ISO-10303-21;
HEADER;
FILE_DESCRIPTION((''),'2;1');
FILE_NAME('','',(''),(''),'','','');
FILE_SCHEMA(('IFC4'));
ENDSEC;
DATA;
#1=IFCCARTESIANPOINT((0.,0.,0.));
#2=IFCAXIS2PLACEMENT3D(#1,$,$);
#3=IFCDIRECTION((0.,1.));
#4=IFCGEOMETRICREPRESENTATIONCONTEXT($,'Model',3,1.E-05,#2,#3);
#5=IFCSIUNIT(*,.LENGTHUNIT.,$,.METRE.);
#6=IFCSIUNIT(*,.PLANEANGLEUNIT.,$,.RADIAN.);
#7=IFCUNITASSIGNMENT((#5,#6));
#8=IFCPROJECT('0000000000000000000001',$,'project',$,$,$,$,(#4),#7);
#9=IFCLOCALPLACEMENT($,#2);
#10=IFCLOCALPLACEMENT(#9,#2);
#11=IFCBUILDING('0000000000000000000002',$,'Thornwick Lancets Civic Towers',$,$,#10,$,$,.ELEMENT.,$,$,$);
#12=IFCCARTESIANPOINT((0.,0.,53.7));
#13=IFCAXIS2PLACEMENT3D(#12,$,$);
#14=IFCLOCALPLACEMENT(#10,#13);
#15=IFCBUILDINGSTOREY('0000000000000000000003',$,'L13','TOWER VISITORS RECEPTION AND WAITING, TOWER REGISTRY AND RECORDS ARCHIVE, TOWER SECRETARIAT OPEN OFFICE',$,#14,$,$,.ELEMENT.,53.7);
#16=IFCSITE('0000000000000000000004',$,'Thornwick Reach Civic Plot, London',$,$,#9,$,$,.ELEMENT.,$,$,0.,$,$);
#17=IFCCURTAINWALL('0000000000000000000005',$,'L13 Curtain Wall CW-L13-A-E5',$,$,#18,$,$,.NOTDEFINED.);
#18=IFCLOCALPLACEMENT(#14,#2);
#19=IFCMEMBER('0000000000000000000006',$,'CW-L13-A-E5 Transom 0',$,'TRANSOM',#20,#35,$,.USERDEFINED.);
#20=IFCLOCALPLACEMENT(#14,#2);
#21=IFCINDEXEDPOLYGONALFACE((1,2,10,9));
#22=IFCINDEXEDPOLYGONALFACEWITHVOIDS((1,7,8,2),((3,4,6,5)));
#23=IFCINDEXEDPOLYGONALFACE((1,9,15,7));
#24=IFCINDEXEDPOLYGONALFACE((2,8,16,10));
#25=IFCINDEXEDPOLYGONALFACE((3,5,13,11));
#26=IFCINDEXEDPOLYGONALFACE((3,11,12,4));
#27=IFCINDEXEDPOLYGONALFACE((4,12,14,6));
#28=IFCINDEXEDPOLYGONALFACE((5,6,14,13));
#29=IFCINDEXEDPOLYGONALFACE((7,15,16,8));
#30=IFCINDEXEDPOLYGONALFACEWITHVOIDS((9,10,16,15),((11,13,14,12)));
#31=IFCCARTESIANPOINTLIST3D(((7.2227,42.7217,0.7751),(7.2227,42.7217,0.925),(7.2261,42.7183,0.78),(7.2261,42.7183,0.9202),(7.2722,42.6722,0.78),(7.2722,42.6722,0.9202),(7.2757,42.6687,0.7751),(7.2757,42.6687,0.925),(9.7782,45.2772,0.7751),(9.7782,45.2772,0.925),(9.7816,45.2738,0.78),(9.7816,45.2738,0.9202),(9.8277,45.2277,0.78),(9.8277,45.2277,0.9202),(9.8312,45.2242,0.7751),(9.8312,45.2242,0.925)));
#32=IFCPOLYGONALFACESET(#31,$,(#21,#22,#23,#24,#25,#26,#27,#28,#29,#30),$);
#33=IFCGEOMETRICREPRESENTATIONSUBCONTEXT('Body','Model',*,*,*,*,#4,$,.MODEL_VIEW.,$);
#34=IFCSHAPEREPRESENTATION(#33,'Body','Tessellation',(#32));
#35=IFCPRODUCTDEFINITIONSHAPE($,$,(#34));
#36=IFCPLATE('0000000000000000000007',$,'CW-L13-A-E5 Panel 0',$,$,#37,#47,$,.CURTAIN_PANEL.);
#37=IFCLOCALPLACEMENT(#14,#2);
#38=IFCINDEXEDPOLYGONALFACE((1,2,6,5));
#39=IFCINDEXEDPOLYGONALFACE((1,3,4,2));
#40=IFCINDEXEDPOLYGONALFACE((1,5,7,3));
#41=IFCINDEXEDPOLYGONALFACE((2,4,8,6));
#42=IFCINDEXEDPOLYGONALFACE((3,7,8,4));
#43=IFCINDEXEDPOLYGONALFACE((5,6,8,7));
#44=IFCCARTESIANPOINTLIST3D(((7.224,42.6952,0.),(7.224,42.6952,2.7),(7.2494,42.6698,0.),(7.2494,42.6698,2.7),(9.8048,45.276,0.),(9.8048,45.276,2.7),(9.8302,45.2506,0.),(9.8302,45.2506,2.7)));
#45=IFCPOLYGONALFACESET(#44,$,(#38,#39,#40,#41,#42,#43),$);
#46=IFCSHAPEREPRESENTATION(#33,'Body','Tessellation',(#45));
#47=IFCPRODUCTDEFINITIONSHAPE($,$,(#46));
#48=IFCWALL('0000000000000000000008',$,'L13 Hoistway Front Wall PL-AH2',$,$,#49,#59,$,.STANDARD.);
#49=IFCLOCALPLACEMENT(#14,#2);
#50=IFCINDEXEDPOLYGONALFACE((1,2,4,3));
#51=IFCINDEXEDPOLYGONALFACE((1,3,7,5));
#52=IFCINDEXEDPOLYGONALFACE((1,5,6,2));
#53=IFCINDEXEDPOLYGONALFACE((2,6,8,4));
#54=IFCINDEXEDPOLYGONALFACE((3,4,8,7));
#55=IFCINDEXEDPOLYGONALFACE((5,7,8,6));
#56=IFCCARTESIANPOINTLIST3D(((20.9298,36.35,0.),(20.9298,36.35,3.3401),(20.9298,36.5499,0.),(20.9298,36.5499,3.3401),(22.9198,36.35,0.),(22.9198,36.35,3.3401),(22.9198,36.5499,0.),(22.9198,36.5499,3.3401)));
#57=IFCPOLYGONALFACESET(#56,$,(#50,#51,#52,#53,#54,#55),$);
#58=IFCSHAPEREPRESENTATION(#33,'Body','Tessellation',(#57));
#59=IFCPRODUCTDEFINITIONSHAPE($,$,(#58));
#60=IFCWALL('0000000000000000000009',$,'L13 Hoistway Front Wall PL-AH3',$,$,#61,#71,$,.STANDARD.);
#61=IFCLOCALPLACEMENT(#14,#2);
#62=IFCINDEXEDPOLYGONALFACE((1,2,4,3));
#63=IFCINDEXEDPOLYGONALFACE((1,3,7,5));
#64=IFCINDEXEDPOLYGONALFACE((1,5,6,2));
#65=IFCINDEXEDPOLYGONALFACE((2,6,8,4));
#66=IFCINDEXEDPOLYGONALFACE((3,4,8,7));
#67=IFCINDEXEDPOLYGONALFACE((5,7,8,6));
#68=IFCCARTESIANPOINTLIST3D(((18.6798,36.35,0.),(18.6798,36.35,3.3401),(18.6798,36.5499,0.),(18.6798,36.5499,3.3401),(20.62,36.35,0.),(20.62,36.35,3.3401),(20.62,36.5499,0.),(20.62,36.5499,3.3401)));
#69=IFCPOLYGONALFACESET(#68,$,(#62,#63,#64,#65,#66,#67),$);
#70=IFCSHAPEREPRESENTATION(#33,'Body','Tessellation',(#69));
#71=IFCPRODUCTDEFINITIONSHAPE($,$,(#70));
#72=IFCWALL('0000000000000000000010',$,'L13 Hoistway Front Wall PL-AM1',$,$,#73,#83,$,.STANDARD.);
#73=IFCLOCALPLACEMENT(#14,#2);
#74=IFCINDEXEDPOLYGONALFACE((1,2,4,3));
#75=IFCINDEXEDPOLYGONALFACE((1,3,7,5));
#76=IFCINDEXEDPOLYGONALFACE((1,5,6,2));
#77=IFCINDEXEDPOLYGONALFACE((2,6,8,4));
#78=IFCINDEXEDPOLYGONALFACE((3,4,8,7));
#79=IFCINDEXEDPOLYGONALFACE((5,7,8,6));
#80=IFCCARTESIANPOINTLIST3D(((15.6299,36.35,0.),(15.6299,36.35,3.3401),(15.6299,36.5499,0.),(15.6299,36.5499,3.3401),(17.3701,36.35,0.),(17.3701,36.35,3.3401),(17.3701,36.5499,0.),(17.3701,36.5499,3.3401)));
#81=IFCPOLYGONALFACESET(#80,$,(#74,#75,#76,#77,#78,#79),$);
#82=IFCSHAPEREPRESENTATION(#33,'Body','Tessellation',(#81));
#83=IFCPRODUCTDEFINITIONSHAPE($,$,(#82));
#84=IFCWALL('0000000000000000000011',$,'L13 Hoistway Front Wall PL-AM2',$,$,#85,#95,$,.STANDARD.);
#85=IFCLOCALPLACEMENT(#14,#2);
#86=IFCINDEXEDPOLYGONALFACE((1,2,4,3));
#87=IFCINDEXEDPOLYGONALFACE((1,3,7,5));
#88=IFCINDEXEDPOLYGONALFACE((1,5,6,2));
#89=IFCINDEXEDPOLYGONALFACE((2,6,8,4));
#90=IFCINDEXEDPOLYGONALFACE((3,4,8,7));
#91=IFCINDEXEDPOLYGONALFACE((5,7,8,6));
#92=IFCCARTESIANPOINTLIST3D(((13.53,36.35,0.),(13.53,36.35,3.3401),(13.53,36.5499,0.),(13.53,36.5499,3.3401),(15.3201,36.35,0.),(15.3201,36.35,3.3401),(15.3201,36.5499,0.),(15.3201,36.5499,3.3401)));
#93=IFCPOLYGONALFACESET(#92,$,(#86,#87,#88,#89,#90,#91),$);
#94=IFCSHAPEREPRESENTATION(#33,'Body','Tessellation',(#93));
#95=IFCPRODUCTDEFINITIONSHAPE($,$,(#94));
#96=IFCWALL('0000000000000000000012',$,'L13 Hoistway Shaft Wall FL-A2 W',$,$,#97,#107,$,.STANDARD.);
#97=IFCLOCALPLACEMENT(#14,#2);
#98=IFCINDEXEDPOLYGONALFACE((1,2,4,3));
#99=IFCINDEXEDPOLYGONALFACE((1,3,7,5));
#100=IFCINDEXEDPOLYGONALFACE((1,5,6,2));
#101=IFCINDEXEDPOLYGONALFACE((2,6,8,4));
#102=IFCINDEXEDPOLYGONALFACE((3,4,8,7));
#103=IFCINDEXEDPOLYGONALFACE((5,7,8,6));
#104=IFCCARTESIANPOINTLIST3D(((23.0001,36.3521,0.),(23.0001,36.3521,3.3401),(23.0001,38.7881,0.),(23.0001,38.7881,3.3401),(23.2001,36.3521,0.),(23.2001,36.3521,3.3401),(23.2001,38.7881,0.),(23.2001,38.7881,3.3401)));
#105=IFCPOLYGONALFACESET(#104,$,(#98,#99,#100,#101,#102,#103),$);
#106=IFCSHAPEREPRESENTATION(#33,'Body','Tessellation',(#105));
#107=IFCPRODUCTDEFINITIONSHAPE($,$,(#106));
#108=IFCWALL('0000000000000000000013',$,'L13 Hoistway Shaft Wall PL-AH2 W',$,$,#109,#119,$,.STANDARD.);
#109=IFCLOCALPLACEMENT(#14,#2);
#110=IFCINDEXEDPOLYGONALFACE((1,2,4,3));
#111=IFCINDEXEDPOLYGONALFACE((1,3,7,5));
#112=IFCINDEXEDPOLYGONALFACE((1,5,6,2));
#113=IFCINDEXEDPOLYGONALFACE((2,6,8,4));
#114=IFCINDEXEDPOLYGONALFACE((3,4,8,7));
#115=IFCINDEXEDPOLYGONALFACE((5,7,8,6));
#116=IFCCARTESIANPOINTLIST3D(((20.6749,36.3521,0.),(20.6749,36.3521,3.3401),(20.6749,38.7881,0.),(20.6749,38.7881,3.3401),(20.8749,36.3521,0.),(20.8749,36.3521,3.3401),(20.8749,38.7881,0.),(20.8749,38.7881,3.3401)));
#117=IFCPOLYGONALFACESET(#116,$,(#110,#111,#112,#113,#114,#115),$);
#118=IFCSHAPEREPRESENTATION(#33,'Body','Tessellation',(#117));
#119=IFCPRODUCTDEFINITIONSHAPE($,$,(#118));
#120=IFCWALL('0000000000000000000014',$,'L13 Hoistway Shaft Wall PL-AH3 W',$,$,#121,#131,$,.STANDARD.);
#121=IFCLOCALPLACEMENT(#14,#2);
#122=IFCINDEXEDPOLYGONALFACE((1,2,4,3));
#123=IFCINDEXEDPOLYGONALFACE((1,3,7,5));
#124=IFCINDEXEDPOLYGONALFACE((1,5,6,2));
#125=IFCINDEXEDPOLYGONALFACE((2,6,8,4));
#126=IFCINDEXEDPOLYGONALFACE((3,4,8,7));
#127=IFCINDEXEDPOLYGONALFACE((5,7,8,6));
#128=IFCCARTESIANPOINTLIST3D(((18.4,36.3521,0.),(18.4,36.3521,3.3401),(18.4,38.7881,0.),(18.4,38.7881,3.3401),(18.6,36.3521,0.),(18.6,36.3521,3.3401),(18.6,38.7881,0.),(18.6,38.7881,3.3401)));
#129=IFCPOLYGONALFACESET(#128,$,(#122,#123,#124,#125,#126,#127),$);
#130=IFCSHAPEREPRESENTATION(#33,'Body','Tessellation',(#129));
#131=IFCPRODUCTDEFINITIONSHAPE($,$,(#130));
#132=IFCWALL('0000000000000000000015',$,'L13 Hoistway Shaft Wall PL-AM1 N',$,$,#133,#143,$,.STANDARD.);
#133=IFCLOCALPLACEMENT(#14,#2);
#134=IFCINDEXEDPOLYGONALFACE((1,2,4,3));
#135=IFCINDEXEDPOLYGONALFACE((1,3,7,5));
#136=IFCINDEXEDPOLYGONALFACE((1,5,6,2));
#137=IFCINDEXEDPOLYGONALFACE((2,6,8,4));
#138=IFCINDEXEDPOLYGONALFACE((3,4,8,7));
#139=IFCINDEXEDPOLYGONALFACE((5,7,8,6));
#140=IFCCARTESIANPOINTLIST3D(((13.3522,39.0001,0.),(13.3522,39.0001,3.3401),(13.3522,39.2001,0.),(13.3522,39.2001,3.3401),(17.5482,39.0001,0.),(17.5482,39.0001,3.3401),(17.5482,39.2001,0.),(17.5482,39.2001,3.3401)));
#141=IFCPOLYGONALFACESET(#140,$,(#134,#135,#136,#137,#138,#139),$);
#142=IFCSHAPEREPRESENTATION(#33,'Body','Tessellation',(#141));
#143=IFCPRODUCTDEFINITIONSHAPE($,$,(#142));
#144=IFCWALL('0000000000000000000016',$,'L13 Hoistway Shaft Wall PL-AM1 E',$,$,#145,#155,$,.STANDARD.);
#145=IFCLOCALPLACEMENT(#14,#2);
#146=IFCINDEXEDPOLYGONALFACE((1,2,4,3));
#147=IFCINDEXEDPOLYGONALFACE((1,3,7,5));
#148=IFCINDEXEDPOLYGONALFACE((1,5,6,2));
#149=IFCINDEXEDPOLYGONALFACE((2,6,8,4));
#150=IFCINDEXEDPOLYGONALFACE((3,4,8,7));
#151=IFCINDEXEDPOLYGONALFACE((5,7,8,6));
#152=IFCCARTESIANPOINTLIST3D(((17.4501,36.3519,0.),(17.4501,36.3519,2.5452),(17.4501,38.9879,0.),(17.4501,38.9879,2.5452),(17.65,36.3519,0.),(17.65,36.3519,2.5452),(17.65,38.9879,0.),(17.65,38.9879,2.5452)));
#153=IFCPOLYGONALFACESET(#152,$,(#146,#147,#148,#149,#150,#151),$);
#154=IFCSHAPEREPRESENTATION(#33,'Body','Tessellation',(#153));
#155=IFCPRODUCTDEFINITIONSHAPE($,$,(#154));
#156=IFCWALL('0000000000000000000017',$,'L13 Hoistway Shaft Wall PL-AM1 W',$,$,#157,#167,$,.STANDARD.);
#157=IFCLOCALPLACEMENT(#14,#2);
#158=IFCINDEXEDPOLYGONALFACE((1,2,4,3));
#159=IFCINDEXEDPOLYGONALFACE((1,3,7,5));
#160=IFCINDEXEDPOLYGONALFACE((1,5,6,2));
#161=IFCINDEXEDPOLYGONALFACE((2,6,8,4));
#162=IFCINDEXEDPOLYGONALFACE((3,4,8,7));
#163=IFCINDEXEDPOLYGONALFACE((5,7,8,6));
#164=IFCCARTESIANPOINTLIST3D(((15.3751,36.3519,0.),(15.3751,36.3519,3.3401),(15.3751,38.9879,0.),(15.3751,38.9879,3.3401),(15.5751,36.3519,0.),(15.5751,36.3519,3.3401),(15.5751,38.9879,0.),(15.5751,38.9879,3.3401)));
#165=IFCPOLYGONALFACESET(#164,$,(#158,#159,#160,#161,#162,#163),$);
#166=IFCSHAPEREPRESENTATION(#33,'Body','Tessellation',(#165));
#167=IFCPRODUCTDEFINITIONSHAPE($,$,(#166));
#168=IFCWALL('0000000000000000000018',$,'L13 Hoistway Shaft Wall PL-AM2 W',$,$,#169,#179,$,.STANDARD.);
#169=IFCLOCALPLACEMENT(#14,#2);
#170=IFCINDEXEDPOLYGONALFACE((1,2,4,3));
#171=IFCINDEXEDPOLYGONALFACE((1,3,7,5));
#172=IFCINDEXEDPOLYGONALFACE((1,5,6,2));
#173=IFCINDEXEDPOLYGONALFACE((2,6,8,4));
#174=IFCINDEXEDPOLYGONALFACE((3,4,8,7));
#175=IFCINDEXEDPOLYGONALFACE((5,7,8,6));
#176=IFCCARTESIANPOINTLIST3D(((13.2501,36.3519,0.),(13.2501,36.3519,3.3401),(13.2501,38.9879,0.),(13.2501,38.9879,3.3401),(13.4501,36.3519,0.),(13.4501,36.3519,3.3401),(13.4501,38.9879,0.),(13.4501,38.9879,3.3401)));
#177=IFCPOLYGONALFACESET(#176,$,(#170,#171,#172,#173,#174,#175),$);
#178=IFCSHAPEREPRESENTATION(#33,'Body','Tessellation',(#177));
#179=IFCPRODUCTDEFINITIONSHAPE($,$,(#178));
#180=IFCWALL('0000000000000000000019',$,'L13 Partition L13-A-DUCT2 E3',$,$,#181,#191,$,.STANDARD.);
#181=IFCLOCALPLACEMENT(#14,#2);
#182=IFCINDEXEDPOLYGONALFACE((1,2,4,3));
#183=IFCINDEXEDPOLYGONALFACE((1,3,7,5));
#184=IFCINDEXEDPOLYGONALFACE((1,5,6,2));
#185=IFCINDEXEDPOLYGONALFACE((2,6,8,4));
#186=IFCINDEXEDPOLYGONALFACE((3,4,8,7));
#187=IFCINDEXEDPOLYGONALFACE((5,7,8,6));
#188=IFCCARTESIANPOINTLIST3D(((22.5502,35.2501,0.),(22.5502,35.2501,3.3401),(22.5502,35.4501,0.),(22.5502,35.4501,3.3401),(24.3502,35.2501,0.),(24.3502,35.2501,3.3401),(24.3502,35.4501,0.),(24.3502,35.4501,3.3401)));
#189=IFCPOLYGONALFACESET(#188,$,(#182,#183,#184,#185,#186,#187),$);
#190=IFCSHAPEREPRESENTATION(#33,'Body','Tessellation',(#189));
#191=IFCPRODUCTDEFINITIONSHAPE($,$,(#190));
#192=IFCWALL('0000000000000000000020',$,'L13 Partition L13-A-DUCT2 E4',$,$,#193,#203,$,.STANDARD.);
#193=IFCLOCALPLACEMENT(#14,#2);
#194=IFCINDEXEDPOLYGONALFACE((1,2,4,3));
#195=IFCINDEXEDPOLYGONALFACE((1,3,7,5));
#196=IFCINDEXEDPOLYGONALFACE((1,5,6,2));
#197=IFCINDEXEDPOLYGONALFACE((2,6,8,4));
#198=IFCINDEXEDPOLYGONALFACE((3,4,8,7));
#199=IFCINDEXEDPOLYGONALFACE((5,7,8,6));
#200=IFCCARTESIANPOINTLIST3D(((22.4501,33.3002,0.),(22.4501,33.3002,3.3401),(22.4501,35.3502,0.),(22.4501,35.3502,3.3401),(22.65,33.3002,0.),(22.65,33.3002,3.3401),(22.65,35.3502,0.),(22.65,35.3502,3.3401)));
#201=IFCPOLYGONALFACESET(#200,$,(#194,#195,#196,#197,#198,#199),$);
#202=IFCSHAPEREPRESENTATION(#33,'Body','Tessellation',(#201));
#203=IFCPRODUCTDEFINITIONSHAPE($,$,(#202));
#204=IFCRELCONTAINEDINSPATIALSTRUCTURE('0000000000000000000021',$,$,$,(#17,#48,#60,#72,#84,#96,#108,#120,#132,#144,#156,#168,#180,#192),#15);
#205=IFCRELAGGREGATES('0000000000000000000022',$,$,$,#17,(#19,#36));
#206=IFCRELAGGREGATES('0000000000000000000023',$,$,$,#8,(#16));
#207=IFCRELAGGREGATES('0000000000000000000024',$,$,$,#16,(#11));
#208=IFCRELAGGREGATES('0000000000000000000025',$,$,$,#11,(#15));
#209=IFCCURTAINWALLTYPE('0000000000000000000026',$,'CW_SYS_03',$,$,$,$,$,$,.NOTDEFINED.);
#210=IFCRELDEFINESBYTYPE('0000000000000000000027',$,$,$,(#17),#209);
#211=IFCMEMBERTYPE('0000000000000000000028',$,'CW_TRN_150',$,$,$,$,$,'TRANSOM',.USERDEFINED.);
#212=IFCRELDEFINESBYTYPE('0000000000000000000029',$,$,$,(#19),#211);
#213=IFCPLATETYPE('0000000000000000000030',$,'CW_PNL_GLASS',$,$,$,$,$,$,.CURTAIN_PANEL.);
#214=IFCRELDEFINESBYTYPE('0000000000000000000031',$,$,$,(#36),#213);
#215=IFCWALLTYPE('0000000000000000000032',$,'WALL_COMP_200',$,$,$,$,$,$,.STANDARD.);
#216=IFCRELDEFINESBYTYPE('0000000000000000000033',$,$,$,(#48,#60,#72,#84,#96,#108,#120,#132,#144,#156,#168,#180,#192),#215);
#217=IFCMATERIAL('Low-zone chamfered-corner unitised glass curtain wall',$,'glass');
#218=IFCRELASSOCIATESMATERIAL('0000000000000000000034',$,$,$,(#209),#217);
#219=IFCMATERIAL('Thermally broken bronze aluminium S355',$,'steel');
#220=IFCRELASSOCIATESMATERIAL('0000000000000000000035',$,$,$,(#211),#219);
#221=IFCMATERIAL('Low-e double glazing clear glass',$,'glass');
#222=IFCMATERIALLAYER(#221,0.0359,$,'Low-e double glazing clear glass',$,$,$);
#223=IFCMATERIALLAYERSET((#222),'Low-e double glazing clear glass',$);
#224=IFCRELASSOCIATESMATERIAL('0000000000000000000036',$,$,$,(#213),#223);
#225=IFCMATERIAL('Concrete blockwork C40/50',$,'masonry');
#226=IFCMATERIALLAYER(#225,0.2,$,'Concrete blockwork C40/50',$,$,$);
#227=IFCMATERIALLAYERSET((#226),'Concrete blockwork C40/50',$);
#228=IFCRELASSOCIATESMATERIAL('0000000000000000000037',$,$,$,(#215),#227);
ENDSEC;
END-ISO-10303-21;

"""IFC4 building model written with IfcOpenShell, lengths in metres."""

from ifc_helpers import new_model, si_unit, direction, frame, frame_2d, origin, origin_2d, place, context, subcontext, project, spatial, rectangle, hollow_rectangle, extrude, material, layer, layer_set, material_profile, profile_set, type_object, element, aggregate, save


model = new_model("IFC4")

# Units and contexts
model_context = context("Model", 3, precision=1e-05, world=origin(), true_north=direction((0.0, 1.0)))
body_context = subcontext(model_context, "Body", "Model", "MODEL_VIEW")
ifc_project = project(units=[si_unit("LENGTHUNIT", "METRE"), si_unit("PLANEANGLEUNIT", "RADIAN")], contexts=[model_context])

# Site, building, storey
site_placement = place(None, origin())
site = spatial("IfcSite", under=ifc_project, at=site_placement, Name="Thornwick Reach Civic Plot, London", CompositionType="ELEMENT", RefElevation=0.0)
building_placement = place(site_placement, origin())
building = spatial("IfcBuilding", under=site, at=building_placement, Name="Thornwick Lancets Civic Towers", CompositionType="ELEMENT")
storey_placement = place(building_placement, frame((0.0, 0.0, 53.7)))
storey = spatial("IfcBuildingStorey", under=building, at=storey_placement, Name="L13", Description="TOWER VISITORS RECEPTION AND WAITING, TOWER REGISTRY AND RECORDS ARCHIVE, TOWER SECRETARIAT OPEN OFFICE", CompositionType="ELEMENT", Elevation=53.7)

# Curtain wall, member, plate
ifc_material_1 = material(Name="Low-zone chamfered-corner unitised glass curtain wall", Category="glass")
curtain_wall_type = type_object("IfcCurtainWallType", Name="CW_SYS_03", PredefinedType="NOTDEFINED", material=ifc_material_1)
curtain_wall_placement = place(storey_placement, origin())
curtain_wall = element("IfcCurtainWall", 1, at=curtain_wall_placement, inside=storey, type_object=curtain_wall_type, Name="L13 Curtain Wall CW-L13-A-E5", PredefinedType="NOTDEFINED")
ifc_material_2 = material(Name="Thermally broken bronze aluminium S355", Category="steel")
ifc_material_profile_1 = material_profile(ifc_material_2, hollow_rectangle(XDim=0.075, YDim=0.1499, WallThickness=0.0049, at=origin_2d()), Name="RHS 150x75x5")
ifc_profile_set_1 = profile_set([ifc_material_profile_1], Name="Thermally broken bronze aluminium S355")
member_type_1 = type_object("IfcMemberType", Name="CW_TRN_150", ElementType="TRANSOM", PredefinedType="USERDEFINED", material=ifc_profile_set_1)
member_1_placement = place(storey_placement, frame((9.8047, 45.2507, 0.8501), z_axis=(-0.707107, -0.707107, 0.0), x_axis=(0.707107, -0.707107, 0.0)))
member_1 = element("IfcMember", 2, at=member_1_placement, type_object=member_type_1, Name="CW-L13-A-E5 Transom 0", ObjectType="TRANSOM", PredefinedType="USERDEFINED", context=body_context, shape_type="SweptSolid", body=[
    extrude(hollow_rectangle(XDim=0.075, YDim=0.1499, WallThickness=0.0049, at=origin_2d()), origin(), (0.0, 0.0, 1.0), 3.614),
])
ifc_material_3 = material(Name="Low-e double glazing clear glass", Category="glass")
ifc_layer_1 = layer(ifc_material_3, 0.0359, Name="Low-e double glazing clear glass")
ifc_layer_set_1 = layer_set([ifc_layer_1], Name="Low-e double glazing clear glass")
plate_type = type_object("IfcPlateType", Name="CW_PNL_GLASS", PredefinedType="CURTAIN_PANEL", material=ifc_layer_set_1)
plate_placement = place(storey_placement, frame((8.5271, 43.9729, 0.0), z_axis=(0.0, 0.0, 1.0), x_axis=(-0.707107, -0.707107, 0.0)))
plate = element("IfcPlate", 3, at=plate_placement, type_object=plate_type, Name="CW-L13-A-E5 Panel 0", PredefinedType="CURTAIN_PANEL", context=body_context, shape_type="SweptSolid", body=[
    extrude(rectangle(XDim=3.6499, YDim=0.0359, at=origin_2d()), origin(), (0.0, 0.0, 1.0), 2.7),
])
aggregate(curtain_wall, [member_1, plate])

# Walls
ifc_material_4 = material(Name="Concrete blockwork C40/50", Category="masonry")
ifc_layer_2 = layer(ifc_material_4, 0.2, Name="Concrete blockwork C40/50")
ifc_layer_set_2 = layer_set([ifc_layer_2], Name="Concrete blockwork C40/50")
wall_type_1 = type_object("IfcWallType", Name="WALL_COMP_200", PredefinedType="STANDARD", material=ifc_layer_set_2)
wall_1_placement = place(storey_placement, frame((22.9199, 36.45, 0.0), z_axis=(0.0, 0.0, 1.0), x_axis=(-1.0, 0.0, 0.0)))
element("IfcWall", 4, at=wall_1_placement, inside=storey, type_object=wall_type_1, Name="L13 Hoistway Front Wall PL-AH2", PredefinedType="STANDARD", context=body_context, shape_type="SweptSolid", body=[
    extrude(rectangle(XDim=1.99, YDim=0.2, at=frame_2d((0.9951, 0.0))), origin(), (0.0, 0.0, 1.0), 3.3401),
])
wall_2_placement = place(storey_placement, frame((20.6201, 36.45, 0.0), z_axis=(0.0, 0.0, 1.0), x_axis=(-1.0, 0.0, 0.0)))
element("IfcWall", 5, at=wall_2_placement, inside=storey, type_object=wall_type_1, Name="L13 Hoistway Front Wall PL-AH3", PredefinedType="STANDARD", context=body_context, shape_type="SweptSolid", body=[
    extrude(rectangle(XDim=1.9402, YDim=0.2, at=frame_2d((0.9702, 0.0))), origin(), (0.0, 0.0, 1.0), 3.3401),
])
wall_3_placement = place(storey_placement, frame((17.3701, 36.45, 0.0), z_axis=(0.0, 0.0, 1.0), x_axis=(-1.0, 0.0, 0.0)))
element("IfcWall", 6, at=wall_3_placement, inside=storey, type_object=wall_type_1, Name="L13 Hoistway Front Wall PL-AM1", PredefinedType="STANDARD", context=body_context, shape_type="SweptSolid", body=[
    extrude(rectangle(XDim=1.7402, YDim=0.2, at=frame_2d((0.8701, 0.0))), origin(), (0.0, 0.0, 1.0), 3.3401),
])
wall_4_placement = place(storey_placement, frame((15.3201, 36.45, 0.0), z_axis=(0.0, 0.0, 1.0), x_axis=(-1.0, 0.0, 0.0)))
element("IfcWall", 7, at=wall_4_placement, inside=storey, type_object=wall_type_1, Name="L13 Hoistway Front Wall PL-AM2", PredefinedType="STANDARD", context=body_context, shape_type="SweptSolid", body=[
    extrude(rectangle(XDim=1.79, YDim=0.2, at=frame_2d((0.895, 0.0))), origin(), (0.0, 0.0, 1.0), 3.3401),
])
for number, where, z_axis, x_axis, name in (
    (8, (23.1001, 36.3521, 0.0), (0.0, 0.0, 1.0), (0.0, 1.0, 0.0), "L13 Hoistway Shaft Wall FL-A2 W"),
    (9, (20.7749, 36.3521, 0.0), (0.0, 0.0, 1.0), (0.0, 1.0, 0.0), "L13 Hoistway Shaft Wall PL-AH2 W"),
    (10, (18.5, 36.3521, 0.0), (0.0, 0.0, 1.0), (0.0, 1.0, 0.0), "L13 Hoistway Shaft Wall PL-AH3 W"),
):
    element("IfcWall", number, at=place(storey_placement, frame(where, z_axis=z_axis, x_axis=x_axis)), inside=storey, type_object=wall_type_1, Name=name, PredefinedType="STANDARD", context=body_context, shape_type="SweptSolid", body=[
        extrude(rectangle(XDim=2.436, YDim=0.2, at=frame_2d((1.218, 0.0))), origin(), (0.0, 0.0, 1.0), 3.3401),
    ])
wall_5_placement = place(storey_placement, frame((13.3521, 39.1001, 0.0), z_axis=(0.0, 0.0, 1.0), x_axis=(1.0, 0.0, 0.0)))
element("IfcWall", 11, at=wall_5_placement, inside=storey, type_object=wall_type_1, Name="L13 Hoistway Shaft Wall PL-AM1 N", PredefinedType="STANDARD", context=body_context, shape_type="SweptSolid", body=[
    extrude(rectangle(XDim=4.196, YDim=0.2, at=frame_2d((2.0981, 0.0))), origin(), (0.0, 0.0, 1.0), 3.3401),
])
wall_6_placement = place(storey_placement, frame((17.55, 36.3521, 0.0), z_axis=(0.0, 0.0, 1.0), x_axis=(0.0, 1.0, 0.0)))
element("IfcWall", 12, at=wall_6_placement, inside=storey, type_object=wall_type_1, Name="L13 Hoistway Shaft Wall PL-AM1 E", PredefinedType="STANDARD", context=body_context, shape_type="SweptSolid", body=[
    extrude(rectangle(XDim=2.636, YDim=0.2, at=frame_2d((1.3179, 0.0))), origin(), (0.0, 0.0, 1.0), 2.5452),
])
for number, where, z_axis, x_axis, name in (
    (13, (15.4751, 36.3521, 0.0), (0.0, 0.0, 1.0), (0.0, 1.0, 0.0), "L13 Hoistway Shaft Wall PL-AM1 W"),
    (14, (13.3501, 36.3521, 0.0), (0.0, 0.0, 1.0), (0.0, 1.0, 0.0), "L13 Hoistway Shaft Wall PL-AM2 W"),
):
    element("IfcWall", number, at=place(storey_placement, frame(where, z_axis=z_axis, x_axis=x_axis)), inside=storey, type_object=wall_type_1, Name=name, PredefinedType="STANDARD", context=body_context, shape_type="SweptSolid", body=[
        extrude(rectangle(XDim=2.636, YDim=0.2, at=frame_2d((1.3179, 0.0))), origin(), (0.0, 0.0, 1.0), 3.3401),
    ])
wall_7_placement = place(storey_placement, frame((24.3501, 35.3501, 0.0), z_axis=(0.0, 0.0, 1.0), x_axis=(-1.0, 0.0, 0.0)))
element("IfcWall", 15, at=wall_7_placement, inside=storey, type_object=wall_type_1, Name="L13 Partition L13-A-DUCT2 E3", PredefinedType="STANDARD", context=body_context, shape_type="SweptSolid", body=[
    extrude(rectangle(XDim=1.8, YDim=0.2, at=frame_2d((0.8999, 0.0))), origin(), (0.0, 0.0, 1.0), 3.3401),
])
wall_8_placement = place(storey_placement, frame((22.55, 35.3501, 0.0), z_axis=(0.0, 0.0, 1.0), x_axis=(0.0, -1.0, 0.0)))
element("IfcWall", 16, at=wall_8_placement, inside=storey, type_object=wall_type_1, Name="L13 Partition L13-A-DUCT2 E4", PredefinedType="STANDARD", context=body_context, shape_type="SweptSolid", body=[
    extrude(rectangle(XDim=2.05, YDim=0.2, at=frame_2d((1.0249, 0.0))), origin(), (0.0, 0.0, 1.0), 3.3401),
])

save(model, "model.ifc")
